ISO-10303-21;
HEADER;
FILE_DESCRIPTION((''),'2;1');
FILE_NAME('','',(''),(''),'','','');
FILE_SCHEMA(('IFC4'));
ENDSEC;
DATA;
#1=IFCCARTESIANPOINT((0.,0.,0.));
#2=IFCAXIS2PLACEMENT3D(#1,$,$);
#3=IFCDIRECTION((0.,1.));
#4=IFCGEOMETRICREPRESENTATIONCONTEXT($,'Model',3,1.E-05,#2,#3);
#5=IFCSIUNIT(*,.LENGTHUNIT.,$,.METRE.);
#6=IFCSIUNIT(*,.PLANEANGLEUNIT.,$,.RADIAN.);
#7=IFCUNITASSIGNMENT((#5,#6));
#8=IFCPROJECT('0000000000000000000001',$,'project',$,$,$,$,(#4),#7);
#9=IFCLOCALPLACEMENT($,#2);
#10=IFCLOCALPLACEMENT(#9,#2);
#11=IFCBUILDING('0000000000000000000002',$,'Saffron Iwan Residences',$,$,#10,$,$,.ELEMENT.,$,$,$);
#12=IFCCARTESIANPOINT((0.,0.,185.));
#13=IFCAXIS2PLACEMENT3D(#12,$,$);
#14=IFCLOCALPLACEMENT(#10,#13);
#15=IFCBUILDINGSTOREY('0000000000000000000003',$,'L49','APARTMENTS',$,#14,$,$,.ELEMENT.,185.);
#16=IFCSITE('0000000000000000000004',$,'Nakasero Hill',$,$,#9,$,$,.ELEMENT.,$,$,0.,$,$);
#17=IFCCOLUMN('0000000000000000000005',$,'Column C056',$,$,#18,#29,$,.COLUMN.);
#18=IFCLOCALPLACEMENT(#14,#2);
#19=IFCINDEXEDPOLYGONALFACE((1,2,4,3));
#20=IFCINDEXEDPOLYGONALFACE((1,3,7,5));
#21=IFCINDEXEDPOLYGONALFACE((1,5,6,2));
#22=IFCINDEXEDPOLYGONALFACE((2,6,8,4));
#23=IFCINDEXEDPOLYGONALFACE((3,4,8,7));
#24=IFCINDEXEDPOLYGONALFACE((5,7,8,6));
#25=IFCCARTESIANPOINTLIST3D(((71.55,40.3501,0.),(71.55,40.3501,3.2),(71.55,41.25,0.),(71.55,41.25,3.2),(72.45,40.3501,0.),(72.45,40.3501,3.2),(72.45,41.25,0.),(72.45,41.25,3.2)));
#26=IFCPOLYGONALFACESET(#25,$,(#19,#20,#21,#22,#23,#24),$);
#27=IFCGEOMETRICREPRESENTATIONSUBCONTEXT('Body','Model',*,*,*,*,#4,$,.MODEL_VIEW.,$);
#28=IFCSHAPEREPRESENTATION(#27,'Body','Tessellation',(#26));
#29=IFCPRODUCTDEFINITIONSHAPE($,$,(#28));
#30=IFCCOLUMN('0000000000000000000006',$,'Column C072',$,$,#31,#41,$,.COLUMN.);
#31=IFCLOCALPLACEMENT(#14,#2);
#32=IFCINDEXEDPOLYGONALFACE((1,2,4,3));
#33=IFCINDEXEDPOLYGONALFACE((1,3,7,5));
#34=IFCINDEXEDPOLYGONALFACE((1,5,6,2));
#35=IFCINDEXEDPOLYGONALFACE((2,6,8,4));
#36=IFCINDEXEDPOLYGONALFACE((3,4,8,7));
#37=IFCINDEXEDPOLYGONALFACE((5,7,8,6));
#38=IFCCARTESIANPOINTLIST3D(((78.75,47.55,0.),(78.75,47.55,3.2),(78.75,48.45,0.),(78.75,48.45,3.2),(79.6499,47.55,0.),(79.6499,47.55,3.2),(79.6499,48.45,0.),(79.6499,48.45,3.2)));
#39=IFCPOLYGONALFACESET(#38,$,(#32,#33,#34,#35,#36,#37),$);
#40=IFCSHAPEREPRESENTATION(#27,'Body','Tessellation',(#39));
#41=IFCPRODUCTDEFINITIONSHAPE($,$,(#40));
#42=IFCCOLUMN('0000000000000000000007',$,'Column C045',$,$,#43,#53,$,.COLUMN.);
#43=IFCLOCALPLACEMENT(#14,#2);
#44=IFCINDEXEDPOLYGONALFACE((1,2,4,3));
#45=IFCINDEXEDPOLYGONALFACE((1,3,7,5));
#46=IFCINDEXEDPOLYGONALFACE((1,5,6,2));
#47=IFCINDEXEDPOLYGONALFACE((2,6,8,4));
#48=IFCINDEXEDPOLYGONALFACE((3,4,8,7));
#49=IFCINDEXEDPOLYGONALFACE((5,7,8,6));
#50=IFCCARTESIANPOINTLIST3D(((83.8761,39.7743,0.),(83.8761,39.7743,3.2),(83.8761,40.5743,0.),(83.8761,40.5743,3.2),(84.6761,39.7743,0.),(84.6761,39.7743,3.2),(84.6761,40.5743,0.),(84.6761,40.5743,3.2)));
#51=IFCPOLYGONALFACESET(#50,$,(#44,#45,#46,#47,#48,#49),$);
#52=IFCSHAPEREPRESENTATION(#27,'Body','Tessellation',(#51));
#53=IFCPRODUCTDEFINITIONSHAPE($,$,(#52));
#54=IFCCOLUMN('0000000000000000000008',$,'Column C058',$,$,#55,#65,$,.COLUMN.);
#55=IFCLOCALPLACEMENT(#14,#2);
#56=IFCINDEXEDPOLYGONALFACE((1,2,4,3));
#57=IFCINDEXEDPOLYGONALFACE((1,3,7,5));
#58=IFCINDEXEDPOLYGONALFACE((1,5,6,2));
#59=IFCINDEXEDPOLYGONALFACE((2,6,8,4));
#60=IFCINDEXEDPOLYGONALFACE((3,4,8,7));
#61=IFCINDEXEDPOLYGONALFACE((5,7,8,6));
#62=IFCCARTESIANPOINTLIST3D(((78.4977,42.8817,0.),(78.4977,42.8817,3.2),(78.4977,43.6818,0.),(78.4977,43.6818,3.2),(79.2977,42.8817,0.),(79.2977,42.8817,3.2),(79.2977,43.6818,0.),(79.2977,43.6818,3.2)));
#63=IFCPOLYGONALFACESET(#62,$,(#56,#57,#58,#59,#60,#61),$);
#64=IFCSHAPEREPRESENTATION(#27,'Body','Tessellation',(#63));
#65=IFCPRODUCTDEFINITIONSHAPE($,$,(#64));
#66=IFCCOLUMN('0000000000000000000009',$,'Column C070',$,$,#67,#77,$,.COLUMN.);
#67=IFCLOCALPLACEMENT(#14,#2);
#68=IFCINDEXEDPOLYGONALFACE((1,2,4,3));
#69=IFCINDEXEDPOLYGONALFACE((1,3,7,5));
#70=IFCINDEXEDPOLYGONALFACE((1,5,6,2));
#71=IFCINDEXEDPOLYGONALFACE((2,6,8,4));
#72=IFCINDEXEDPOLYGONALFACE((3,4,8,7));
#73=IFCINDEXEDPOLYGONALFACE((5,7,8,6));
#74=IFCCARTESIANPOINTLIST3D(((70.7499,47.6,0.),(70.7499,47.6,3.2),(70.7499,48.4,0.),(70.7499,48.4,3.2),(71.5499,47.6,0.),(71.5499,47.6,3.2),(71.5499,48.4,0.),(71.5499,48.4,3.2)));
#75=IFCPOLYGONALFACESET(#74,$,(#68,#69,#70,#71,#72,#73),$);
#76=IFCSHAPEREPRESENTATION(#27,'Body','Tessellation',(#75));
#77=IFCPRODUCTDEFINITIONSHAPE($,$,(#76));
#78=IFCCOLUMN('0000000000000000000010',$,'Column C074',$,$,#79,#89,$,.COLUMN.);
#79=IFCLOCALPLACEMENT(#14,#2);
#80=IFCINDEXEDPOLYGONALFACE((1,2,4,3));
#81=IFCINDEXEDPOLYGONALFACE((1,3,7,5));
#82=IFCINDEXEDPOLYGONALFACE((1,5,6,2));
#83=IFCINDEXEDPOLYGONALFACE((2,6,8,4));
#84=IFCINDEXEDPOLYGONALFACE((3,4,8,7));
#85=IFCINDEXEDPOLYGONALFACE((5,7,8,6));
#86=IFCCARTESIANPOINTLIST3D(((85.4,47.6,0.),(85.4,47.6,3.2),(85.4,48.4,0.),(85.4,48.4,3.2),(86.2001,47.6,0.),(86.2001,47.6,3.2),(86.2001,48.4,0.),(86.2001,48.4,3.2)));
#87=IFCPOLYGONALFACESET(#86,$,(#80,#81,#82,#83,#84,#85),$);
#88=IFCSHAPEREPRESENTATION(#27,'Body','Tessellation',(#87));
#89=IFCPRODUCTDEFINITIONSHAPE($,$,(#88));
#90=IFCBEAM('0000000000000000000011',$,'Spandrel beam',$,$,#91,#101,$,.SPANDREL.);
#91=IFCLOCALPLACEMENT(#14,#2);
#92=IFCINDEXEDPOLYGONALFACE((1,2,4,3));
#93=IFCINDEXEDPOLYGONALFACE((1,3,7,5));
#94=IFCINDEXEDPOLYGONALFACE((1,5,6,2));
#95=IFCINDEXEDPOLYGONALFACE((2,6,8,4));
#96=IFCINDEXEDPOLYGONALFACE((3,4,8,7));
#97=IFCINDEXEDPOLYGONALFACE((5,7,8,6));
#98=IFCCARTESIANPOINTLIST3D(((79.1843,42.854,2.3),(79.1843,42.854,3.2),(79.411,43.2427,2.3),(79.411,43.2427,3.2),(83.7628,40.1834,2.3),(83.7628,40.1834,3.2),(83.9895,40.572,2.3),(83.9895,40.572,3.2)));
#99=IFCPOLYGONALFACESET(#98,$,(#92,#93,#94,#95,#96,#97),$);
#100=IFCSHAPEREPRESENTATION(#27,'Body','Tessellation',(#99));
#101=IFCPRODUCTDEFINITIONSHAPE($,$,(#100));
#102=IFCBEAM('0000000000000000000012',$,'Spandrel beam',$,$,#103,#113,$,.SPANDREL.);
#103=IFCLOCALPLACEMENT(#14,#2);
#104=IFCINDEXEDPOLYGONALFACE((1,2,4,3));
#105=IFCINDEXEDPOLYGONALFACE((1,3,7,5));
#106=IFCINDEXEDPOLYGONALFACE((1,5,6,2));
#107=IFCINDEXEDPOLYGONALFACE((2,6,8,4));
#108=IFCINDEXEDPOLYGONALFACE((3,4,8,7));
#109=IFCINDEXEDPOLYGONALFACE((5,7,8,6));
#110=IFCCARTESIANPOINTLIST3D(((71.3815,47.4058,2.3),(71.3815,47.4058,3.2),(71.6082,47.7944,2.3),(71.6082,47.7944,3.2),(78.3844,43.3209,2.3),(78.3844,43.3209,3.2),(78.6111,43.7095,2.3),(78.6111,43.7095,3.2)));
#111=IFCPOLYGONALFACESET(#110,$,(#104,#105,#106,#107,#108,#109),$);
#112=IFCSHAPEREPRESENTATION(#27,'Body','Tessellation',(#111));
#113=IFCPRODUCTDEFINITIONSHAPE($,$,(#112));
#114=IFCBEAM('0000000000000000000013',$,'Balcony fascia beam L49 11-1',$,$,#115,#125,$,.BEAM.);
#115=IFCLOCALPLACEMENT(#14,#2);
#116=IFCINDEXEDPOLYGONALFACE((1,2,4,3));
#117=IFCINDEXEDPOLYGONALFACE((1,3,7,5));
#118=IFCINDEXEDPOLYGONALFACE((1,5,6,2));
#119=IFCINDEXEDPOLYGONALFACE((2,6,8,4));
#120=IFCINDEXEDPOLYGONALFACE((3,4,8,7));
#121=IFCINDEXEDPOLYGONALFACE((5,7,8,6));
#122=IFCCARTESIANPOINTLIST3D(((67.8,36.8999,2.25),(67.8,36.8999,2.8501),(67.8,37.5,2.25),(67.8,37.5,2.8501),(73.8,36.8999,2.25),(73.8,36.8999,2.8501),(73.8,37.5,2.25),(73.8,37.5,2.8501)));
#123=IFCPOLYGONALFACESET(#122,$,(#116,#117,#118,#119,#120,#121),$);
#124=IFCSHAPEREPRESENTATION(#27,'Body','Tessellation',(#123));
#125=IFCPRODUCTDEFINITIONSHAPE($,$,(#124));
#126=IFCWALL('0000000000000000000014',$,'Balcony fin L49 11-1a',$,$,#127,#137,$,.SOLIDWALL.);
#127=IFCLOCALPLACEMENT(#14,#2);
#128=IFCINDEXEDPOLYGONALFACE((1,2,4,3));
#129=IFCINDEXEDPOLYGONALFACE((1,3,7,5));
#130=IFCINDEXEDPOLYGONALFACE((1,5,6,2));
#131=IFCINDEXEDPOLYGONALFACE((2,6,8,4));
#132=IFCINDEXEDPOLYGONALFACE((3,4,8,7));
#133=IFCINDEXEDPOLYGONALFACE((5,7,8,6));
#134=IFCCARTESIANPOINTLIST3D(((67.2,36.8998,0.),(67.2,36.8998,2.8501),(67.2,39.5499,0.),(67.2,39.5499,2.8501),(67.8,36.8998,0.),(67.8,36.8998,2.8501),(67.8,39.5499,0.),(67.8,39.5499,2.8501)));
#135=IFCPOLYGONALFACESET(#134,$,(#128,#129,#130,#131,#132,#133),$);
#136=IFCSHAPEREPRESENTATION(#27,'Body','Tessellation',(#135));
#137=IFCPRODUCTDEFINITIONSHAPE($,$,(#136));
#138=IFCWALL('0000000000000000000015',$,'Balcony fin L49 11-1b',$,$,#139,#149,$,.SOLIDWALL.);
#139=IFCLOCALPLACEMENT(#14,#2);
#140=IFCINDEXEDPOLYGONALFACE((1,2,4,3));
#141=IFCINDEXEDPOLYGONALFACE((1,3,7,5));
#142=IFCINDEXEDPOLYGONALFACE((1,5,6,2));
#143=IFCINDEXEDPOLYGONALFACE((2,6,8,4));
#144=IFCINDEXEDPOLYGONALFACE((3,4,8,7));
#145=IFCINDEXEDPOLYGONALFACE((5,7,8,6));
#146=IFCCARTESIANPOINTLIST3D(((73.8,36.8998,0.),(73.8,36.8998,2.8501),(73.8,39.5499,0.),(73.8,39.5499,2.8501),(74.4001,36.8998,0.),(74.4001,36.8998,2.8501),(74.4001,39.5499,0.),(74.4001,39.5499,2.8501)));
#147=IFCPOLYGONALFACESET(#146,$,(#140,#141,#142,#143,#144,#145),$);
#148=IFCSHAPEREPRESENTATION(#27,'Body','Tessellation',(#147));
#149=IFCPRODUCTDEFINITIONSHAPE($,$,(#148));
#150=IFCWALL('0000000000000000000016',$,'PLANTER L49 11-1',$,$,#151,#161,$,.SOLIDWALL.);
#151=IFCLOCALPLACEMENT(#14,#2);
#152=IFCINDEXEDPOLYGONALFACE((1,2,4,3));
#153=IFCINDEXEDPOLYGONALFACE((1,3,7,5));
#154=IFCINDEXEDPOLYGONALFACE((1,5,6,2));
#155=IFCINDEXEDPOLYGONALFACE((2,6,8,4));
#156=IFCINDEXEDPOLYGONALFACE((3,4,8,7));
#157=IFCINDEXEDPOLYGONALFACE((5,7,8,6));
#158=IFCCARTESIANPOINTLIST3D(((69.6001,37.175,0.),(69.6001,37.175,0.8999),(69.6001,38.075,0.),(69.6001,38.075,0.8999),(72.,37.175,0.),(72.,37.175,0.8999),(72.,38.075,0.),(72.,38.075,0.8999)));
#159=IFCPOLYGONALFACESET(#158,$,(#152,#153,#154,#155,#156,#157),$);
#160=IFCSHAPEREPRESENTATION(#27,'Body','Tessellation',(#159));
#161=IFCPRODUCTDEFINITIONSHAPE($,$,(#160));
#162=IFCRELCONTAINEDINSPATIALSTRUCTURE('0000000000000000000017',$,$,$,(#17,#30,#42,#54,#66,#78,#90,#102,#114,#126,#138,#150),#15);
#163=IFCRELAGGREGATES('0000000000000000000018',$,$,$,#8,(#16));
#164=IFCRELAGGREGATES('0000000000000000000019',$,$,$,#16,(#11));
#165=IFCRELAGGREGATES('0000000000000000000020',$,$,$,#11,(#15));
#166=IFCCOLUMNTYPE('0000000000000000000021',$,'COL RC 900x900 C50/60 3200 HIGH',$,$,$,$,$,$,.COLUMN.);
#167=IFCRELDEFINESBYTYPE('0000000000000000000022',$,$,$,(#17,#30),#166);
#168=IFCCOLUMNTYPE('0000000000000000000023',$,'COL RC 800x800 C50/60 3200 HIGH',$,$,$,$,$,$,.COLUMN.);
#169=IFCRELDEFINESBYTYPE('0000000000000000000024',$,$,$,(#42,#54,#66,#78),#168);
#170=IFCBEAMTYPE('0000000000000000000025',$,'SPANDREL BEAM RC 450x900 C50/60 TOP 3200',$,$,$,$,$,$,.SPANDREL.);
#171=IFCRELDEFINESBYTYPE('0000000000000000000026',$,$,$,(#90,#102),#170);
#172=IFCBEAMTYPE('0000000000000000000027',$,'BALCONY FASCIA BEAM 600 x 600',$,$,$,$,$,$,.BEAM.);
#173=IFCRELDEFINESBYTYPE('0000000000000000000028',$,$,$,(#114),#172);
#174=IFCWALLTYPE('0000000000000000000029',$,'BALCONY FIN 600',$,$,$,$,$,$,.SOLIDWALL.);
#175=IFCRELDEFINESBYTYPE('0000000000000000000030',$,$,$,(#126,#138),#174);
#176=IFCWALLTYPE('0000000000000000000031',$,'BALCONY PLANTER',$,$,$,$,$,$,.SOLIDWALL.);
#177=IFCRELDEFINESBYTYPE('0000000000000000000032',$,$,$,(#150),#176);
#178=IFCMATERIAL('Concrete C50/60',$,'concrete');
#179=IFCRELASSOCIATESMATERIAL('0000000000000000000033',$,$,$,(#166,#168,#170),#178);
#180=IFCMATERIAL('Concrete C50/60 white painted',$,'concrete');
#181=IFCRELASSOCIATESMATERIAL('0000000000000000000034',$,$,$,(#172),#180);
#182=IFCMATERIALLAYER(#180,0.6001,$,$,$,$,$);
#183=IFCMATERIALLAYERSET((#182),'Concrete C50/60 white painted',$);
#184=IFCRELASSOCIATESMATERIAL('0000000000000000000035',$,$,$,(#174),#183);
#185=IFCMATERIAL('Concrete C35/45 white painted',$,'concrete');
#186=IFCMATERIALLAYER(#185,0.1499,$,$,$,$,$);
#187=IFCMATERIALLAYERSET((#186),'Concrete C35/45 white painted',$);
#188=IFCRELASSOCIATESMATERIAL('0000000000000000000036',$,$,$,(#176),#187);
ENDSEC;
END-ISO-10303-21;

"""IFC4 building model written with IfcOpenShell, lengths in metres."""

from ifc_helpers import new_model, si_unit, direction, frame, frame_2d, origin, origin_2d, place, context, subcontext, project, spatial, rectangle, extrude, source, transform, mapped, material, layer, layer_set, material_profile, profile_set, type_object, element, save


model = new_model("IFC4")

# Units and contexts
model_context = context("Model", 3, precision=1e-05, world=origin(), true_north=direction((0.0, 1.0)))
body_context = subcontext(model_context, "Body", "Model", "MODEL_VIEW")
ifc_project = project(units=[si_unit("LENGTHUNIT", "METRE"), si_unit("PLANEANGLEUNIT", "RADIAN")], contexts=[model_context])

# Site, building, storey
site_placement = place(None, origin())
site = spatial("IfcSite", under=ifc_project, at=site_placement, Name="Nakasero Hill", CompositionType="ELEMENT", RefElevation=0.0)
building_placement = place(site_placement, origin())
building = spatial("IfcBuilding", under=site, at=building_placement, Name="Saffron Iwan Residences", CompositionType="ELEMENT")
storey_placement = place(building_placement, frame((0.0, 0.0, 185.0)))
storey = spatial("IfcBuildingStorey", under=building, at=storey_placement, Name="L49", Description="APARTMENTS", CompositionType="ELEMENT", Elevation=185.0)

# Columns
ifc_material_1 = material(Name="Concrete C50/60", Category="concrete")
ifc_material_profile_1 = material_profile(ifc_material_1, rectangle(XDim=0.8999, YDim=0.8999, at=origin_2d()), Name="RC 900x900")
ifc_profile_set_1 = profile_set([ifc_material_profile_1], Name="Concrete C50/60")
column_type_1 = type_object("IfcColumnType", Name="COL RC 900x900 C50/60 3200 HIGH", PredefinedType="COLUMN", material=ifc_profile_set_1)
shared_shape_1 = source(origin(), body_context, "Body", "SweptSolid", [
    extrude(rectangle(XDim=0.8999, YDim=0.8999, at=origin_2d()), origin(), (0.0, 0.0, 1.0), 3.2),
])
for number, where, z_axis, x_axis, name in (
    (1, (72.0, 40.8, 0.0), (0.0, 0.0, 1.0), (1.0, 0.0, 0.0), "Column C056"),
    (2, (79.2, 48.0, 0.0), (0.0, 0.0, 1.0), (1.0, 0.0, 0.0), "Column C072"),
):
    element("IfcColumn", number, at=place(storey_placement, frame(where, z_axis=z_axis, x_axis=x_axis)), inside=storey, type_object=column_type_1, Name=name, PredefinedType="COLUMN", context=body_context, shape_type="MappedRepresentation", body=[
        mapped(shared_shape_1, transform((0.0, 0.0, 0.0))),
    ])
ifc_material_profile_2 = material_profile(ifc_material_1, rectangle(XDim=0.8, YDim=0.8, at=origin_2d()), Name="RC 800x800")
ifc_profile_set_2 = profile_set([ifc_material_profile_2], Name="Concrete C50/60")
column_type_2 = type_object("IfcColumnType", Name="COL RC 800x800 C50/60 3200 HIGH", PredefinedType="COLUMN", material=ifc_profile_set_2)
shared_shape_2 = source(origin(), body_context, "Body", "SweptSolid", [
    extrude(rectangle(XDim=0.8, YDim=0.8, at=origin_2d()), origin(), (0.0, 0.0, 1.0), 3.2),
])
for number, where, z_axis, x_axis, name in (
    (3, (84.2761, 40.1743, 0.0), (0.0, 0.0, 1.0), (1.0, 0.0, 0.0), "Column C045"),
    (4, (78.8977, 43.2817, 0.0), (0.0, 0.0, 1.0), (1.0, 0.0, 0.0), "Column C058"),
    (5, (71.1499, 48.0, 0.0), (0.0, 0.0, 1.0), (1.0, 0.0, 0.0), "Column C070"),
    (6, (85.8, 48.0, 0.0), (0.0, 0.0, 1.0), (1.0, 0.0, 0.0), "Column C074"),
):
    element("IfcColumn", number, at=place(storey_placement, frame(where, z_axis=z_axis, x_axis=x_axis)), inside=storey, type_object=column_type_2, Name=name, PredefinedType="COLUMN", context=body_context, shape_type="MappedRepresentation", body=[
        mapped(shared_shape_2, transform((0.0, 0.0, 0.0))),
    ])

# Beams
ifc_material_profile_3 = material_profile(ifc_material_1, rectangle(XDim=0.45, YDim=0.8999, at=origin_2d()), Name="RC 450x900")
ifc_profile_set_3 = profile_set([ifc_material_profile_3], Name="Concrete C50/60")
beam_type_1 = type_object("IfcBeamType", Name="SPANDREL BEAM RC 450x900 C50/60 TOP 3200", PredefinedType="SPANDREL", material=ifc_profile_set_3)
shared_shape_3 = source(origin(), body_context, "Body", "SweptSolid", [
    extrude(rectangle(XDim=0.45, YDim=0.8999, at=origin_2d()), origin(), (0.0, 0.0, 1.0), 5.3005),
])
beam_1_placement = place(storey_placement, frame((79.2976, 43.0483, 2.75), z_axis=(0.863796, -0.503842, 0.0), x_axis=(0.503842, 0.863796, 0.0)))
element("IfcBeam", 7, at=beam_1_placement, inside=storey, type_object=beam_type_1, Name="Spandrel beam", PredefinedType="SPANDREL", context=body_context, shape_type="MappedRepresentation", body=[
    mapped(shared_shape_3, transform((0.0, 0.0, 0.0))),
])
shared_shape_4 = source(origin(), body_context, "Body", "SweptSolid", [
    extrude(rectangle(XDim=0.45, YDim=0.8999, at=origin_2d()), origin(), (0.0, 0.0, 1.0), 8.1072),
])
beam_2_placement = place(storey_placement, frame((71.4949, 47.6001, 2.75), z_axis=(0.863783, -0.503864, 0.0), x_axis=(0.503864, 0.863783, 0.0)))
element("IfcBeam", 8, at=beam_2_placement, inside=storey, type_object=beam_type_1, Name="Spandrel beam", PredefinedType="SPANDREL", context=body_context, shape_type="MappedRepresentation", body=[
    mapped(shared_shape_4, transform((0.0, 0.0, 0.0))),
])
ifc_material_2 = material(Name="Concrete C50/60 white painted", Category="concrete")
ifc_material_profile_4 = material_profile(ifc_material_2, rectangle(XDim=0.6001, YDim=0.6001, at=origin_2d()), Name="BALCONY FASCIA BEAM 600 x 600")
ifc_profile_set_4 = profile_set([ifc_material_profile_4], Name="Concrete C50/60 white painted")
beam_type_2 = type_object("IfcBeamType", Name="BALCONY FASCIA BEAM 600 x 600", PredefinedType="BEAM", material=ifc_profile_set_4)
shared_shape_5 = source(origin(), body_context, "Body", "SweptSolid", [
    extrude(rectangle(XDim=0.6001, YDim=0.6001, at=origin_2d()), origin(), (0.0, 0.0, 1.0), 6.0),
])
beam_3_placement = place(storey_placement, frame((67.8, 37.2, 2.55), z_axis=(1.0, 0.0, 0.0), x_axis=(0.0, 1.0, 0.0)))
element("IfcBeam", 9, at=beam_3_placement, inside=storey, type_object=beam_type_2, Name="Balcony fascia beam L49 11-1", PredefinedType="BEAM", context=body_context, shape_type="MappedRepresentation", body=[
    mapped(shared_shape_5, transform((0.0, 0.0, 0.0))),
])

# Walls
ifc_layer_1 = layer(ifc_material_2, 0.6001)
ifc_layer_set_1 = layer_set([ifc_layer_1], Name="Concrete C50/60 white painted")
wall_type_1 = type_object("IfcWallType", Name="BALCONY FIN 600", PredefinedType="SOLIDWALL", material=ifc_layer_set_1)
for number, where, z_axis, x_axis, name in (
    (10, (67.5, 39.55, 0.0), (0.0, 0.0, 1.0), (0.0, -1.0, 0.0), "Balcony fin L49 11-1a"),
    (11, (74.1001, 39.55, 0.0), (0.0, 0.0, 1.0), (0.0, -1.0, 0.0), "Balcony fin L49 11-1b"),
):
    element("IfcWall", number, at=place(storey_placement, frame(where, z_axis=z_axis, x_axis=x_axis)), inside=storey, type_object=wall_type_1, Name=name, PredefinedType="SOLIDWALL", context=body_context, shape_type="SweptSolid", body=[
        extrude(rectangle(XDim=2.6501, YDim=0.6001, at=frame_2d((1.3252, 0.0))), origin(), (0.0, 0.0, 1.0), 2.8501),
    ])
ifc_material_3 = material(Name="Concrete C35/45 white painted", Category="concrete")
ifc_layer_2 = layer(ifc_material_3, 0.1499)
ifc_layer_set_2 = layer_set([ifc_layer_2], Name="Concrete C35/45 white painted")
wall_type_2 = type_object("IfcWallType", Name="BALCONY PLANTER", PredefinedType="SOLIDWALL", material=ifc_layer_set_2)
wall_1_placement = place(storey_placement, frame((69.6001, 37.625, 0.0), z_axis=(0.0, 0.0, 1.0), x_axis=(1.0, 0.0, 0.0)))
element("IfcWall", 12, at=wall_1_placement, inside=storey, type_object=wall_type_2, Name="PLANTER L49 11-1", PredefinedType="SOLIDWALL", context=body_context, shape_type="SweptSolid", body=[
    extrude(rectangle(XDim=2.3999, YDim=0.8999, at=frame_2d((1.2, 0.0))), origin(), (0.0, 0.0, 1.0), 0.8999),
])

save(model, "model.ifc")
